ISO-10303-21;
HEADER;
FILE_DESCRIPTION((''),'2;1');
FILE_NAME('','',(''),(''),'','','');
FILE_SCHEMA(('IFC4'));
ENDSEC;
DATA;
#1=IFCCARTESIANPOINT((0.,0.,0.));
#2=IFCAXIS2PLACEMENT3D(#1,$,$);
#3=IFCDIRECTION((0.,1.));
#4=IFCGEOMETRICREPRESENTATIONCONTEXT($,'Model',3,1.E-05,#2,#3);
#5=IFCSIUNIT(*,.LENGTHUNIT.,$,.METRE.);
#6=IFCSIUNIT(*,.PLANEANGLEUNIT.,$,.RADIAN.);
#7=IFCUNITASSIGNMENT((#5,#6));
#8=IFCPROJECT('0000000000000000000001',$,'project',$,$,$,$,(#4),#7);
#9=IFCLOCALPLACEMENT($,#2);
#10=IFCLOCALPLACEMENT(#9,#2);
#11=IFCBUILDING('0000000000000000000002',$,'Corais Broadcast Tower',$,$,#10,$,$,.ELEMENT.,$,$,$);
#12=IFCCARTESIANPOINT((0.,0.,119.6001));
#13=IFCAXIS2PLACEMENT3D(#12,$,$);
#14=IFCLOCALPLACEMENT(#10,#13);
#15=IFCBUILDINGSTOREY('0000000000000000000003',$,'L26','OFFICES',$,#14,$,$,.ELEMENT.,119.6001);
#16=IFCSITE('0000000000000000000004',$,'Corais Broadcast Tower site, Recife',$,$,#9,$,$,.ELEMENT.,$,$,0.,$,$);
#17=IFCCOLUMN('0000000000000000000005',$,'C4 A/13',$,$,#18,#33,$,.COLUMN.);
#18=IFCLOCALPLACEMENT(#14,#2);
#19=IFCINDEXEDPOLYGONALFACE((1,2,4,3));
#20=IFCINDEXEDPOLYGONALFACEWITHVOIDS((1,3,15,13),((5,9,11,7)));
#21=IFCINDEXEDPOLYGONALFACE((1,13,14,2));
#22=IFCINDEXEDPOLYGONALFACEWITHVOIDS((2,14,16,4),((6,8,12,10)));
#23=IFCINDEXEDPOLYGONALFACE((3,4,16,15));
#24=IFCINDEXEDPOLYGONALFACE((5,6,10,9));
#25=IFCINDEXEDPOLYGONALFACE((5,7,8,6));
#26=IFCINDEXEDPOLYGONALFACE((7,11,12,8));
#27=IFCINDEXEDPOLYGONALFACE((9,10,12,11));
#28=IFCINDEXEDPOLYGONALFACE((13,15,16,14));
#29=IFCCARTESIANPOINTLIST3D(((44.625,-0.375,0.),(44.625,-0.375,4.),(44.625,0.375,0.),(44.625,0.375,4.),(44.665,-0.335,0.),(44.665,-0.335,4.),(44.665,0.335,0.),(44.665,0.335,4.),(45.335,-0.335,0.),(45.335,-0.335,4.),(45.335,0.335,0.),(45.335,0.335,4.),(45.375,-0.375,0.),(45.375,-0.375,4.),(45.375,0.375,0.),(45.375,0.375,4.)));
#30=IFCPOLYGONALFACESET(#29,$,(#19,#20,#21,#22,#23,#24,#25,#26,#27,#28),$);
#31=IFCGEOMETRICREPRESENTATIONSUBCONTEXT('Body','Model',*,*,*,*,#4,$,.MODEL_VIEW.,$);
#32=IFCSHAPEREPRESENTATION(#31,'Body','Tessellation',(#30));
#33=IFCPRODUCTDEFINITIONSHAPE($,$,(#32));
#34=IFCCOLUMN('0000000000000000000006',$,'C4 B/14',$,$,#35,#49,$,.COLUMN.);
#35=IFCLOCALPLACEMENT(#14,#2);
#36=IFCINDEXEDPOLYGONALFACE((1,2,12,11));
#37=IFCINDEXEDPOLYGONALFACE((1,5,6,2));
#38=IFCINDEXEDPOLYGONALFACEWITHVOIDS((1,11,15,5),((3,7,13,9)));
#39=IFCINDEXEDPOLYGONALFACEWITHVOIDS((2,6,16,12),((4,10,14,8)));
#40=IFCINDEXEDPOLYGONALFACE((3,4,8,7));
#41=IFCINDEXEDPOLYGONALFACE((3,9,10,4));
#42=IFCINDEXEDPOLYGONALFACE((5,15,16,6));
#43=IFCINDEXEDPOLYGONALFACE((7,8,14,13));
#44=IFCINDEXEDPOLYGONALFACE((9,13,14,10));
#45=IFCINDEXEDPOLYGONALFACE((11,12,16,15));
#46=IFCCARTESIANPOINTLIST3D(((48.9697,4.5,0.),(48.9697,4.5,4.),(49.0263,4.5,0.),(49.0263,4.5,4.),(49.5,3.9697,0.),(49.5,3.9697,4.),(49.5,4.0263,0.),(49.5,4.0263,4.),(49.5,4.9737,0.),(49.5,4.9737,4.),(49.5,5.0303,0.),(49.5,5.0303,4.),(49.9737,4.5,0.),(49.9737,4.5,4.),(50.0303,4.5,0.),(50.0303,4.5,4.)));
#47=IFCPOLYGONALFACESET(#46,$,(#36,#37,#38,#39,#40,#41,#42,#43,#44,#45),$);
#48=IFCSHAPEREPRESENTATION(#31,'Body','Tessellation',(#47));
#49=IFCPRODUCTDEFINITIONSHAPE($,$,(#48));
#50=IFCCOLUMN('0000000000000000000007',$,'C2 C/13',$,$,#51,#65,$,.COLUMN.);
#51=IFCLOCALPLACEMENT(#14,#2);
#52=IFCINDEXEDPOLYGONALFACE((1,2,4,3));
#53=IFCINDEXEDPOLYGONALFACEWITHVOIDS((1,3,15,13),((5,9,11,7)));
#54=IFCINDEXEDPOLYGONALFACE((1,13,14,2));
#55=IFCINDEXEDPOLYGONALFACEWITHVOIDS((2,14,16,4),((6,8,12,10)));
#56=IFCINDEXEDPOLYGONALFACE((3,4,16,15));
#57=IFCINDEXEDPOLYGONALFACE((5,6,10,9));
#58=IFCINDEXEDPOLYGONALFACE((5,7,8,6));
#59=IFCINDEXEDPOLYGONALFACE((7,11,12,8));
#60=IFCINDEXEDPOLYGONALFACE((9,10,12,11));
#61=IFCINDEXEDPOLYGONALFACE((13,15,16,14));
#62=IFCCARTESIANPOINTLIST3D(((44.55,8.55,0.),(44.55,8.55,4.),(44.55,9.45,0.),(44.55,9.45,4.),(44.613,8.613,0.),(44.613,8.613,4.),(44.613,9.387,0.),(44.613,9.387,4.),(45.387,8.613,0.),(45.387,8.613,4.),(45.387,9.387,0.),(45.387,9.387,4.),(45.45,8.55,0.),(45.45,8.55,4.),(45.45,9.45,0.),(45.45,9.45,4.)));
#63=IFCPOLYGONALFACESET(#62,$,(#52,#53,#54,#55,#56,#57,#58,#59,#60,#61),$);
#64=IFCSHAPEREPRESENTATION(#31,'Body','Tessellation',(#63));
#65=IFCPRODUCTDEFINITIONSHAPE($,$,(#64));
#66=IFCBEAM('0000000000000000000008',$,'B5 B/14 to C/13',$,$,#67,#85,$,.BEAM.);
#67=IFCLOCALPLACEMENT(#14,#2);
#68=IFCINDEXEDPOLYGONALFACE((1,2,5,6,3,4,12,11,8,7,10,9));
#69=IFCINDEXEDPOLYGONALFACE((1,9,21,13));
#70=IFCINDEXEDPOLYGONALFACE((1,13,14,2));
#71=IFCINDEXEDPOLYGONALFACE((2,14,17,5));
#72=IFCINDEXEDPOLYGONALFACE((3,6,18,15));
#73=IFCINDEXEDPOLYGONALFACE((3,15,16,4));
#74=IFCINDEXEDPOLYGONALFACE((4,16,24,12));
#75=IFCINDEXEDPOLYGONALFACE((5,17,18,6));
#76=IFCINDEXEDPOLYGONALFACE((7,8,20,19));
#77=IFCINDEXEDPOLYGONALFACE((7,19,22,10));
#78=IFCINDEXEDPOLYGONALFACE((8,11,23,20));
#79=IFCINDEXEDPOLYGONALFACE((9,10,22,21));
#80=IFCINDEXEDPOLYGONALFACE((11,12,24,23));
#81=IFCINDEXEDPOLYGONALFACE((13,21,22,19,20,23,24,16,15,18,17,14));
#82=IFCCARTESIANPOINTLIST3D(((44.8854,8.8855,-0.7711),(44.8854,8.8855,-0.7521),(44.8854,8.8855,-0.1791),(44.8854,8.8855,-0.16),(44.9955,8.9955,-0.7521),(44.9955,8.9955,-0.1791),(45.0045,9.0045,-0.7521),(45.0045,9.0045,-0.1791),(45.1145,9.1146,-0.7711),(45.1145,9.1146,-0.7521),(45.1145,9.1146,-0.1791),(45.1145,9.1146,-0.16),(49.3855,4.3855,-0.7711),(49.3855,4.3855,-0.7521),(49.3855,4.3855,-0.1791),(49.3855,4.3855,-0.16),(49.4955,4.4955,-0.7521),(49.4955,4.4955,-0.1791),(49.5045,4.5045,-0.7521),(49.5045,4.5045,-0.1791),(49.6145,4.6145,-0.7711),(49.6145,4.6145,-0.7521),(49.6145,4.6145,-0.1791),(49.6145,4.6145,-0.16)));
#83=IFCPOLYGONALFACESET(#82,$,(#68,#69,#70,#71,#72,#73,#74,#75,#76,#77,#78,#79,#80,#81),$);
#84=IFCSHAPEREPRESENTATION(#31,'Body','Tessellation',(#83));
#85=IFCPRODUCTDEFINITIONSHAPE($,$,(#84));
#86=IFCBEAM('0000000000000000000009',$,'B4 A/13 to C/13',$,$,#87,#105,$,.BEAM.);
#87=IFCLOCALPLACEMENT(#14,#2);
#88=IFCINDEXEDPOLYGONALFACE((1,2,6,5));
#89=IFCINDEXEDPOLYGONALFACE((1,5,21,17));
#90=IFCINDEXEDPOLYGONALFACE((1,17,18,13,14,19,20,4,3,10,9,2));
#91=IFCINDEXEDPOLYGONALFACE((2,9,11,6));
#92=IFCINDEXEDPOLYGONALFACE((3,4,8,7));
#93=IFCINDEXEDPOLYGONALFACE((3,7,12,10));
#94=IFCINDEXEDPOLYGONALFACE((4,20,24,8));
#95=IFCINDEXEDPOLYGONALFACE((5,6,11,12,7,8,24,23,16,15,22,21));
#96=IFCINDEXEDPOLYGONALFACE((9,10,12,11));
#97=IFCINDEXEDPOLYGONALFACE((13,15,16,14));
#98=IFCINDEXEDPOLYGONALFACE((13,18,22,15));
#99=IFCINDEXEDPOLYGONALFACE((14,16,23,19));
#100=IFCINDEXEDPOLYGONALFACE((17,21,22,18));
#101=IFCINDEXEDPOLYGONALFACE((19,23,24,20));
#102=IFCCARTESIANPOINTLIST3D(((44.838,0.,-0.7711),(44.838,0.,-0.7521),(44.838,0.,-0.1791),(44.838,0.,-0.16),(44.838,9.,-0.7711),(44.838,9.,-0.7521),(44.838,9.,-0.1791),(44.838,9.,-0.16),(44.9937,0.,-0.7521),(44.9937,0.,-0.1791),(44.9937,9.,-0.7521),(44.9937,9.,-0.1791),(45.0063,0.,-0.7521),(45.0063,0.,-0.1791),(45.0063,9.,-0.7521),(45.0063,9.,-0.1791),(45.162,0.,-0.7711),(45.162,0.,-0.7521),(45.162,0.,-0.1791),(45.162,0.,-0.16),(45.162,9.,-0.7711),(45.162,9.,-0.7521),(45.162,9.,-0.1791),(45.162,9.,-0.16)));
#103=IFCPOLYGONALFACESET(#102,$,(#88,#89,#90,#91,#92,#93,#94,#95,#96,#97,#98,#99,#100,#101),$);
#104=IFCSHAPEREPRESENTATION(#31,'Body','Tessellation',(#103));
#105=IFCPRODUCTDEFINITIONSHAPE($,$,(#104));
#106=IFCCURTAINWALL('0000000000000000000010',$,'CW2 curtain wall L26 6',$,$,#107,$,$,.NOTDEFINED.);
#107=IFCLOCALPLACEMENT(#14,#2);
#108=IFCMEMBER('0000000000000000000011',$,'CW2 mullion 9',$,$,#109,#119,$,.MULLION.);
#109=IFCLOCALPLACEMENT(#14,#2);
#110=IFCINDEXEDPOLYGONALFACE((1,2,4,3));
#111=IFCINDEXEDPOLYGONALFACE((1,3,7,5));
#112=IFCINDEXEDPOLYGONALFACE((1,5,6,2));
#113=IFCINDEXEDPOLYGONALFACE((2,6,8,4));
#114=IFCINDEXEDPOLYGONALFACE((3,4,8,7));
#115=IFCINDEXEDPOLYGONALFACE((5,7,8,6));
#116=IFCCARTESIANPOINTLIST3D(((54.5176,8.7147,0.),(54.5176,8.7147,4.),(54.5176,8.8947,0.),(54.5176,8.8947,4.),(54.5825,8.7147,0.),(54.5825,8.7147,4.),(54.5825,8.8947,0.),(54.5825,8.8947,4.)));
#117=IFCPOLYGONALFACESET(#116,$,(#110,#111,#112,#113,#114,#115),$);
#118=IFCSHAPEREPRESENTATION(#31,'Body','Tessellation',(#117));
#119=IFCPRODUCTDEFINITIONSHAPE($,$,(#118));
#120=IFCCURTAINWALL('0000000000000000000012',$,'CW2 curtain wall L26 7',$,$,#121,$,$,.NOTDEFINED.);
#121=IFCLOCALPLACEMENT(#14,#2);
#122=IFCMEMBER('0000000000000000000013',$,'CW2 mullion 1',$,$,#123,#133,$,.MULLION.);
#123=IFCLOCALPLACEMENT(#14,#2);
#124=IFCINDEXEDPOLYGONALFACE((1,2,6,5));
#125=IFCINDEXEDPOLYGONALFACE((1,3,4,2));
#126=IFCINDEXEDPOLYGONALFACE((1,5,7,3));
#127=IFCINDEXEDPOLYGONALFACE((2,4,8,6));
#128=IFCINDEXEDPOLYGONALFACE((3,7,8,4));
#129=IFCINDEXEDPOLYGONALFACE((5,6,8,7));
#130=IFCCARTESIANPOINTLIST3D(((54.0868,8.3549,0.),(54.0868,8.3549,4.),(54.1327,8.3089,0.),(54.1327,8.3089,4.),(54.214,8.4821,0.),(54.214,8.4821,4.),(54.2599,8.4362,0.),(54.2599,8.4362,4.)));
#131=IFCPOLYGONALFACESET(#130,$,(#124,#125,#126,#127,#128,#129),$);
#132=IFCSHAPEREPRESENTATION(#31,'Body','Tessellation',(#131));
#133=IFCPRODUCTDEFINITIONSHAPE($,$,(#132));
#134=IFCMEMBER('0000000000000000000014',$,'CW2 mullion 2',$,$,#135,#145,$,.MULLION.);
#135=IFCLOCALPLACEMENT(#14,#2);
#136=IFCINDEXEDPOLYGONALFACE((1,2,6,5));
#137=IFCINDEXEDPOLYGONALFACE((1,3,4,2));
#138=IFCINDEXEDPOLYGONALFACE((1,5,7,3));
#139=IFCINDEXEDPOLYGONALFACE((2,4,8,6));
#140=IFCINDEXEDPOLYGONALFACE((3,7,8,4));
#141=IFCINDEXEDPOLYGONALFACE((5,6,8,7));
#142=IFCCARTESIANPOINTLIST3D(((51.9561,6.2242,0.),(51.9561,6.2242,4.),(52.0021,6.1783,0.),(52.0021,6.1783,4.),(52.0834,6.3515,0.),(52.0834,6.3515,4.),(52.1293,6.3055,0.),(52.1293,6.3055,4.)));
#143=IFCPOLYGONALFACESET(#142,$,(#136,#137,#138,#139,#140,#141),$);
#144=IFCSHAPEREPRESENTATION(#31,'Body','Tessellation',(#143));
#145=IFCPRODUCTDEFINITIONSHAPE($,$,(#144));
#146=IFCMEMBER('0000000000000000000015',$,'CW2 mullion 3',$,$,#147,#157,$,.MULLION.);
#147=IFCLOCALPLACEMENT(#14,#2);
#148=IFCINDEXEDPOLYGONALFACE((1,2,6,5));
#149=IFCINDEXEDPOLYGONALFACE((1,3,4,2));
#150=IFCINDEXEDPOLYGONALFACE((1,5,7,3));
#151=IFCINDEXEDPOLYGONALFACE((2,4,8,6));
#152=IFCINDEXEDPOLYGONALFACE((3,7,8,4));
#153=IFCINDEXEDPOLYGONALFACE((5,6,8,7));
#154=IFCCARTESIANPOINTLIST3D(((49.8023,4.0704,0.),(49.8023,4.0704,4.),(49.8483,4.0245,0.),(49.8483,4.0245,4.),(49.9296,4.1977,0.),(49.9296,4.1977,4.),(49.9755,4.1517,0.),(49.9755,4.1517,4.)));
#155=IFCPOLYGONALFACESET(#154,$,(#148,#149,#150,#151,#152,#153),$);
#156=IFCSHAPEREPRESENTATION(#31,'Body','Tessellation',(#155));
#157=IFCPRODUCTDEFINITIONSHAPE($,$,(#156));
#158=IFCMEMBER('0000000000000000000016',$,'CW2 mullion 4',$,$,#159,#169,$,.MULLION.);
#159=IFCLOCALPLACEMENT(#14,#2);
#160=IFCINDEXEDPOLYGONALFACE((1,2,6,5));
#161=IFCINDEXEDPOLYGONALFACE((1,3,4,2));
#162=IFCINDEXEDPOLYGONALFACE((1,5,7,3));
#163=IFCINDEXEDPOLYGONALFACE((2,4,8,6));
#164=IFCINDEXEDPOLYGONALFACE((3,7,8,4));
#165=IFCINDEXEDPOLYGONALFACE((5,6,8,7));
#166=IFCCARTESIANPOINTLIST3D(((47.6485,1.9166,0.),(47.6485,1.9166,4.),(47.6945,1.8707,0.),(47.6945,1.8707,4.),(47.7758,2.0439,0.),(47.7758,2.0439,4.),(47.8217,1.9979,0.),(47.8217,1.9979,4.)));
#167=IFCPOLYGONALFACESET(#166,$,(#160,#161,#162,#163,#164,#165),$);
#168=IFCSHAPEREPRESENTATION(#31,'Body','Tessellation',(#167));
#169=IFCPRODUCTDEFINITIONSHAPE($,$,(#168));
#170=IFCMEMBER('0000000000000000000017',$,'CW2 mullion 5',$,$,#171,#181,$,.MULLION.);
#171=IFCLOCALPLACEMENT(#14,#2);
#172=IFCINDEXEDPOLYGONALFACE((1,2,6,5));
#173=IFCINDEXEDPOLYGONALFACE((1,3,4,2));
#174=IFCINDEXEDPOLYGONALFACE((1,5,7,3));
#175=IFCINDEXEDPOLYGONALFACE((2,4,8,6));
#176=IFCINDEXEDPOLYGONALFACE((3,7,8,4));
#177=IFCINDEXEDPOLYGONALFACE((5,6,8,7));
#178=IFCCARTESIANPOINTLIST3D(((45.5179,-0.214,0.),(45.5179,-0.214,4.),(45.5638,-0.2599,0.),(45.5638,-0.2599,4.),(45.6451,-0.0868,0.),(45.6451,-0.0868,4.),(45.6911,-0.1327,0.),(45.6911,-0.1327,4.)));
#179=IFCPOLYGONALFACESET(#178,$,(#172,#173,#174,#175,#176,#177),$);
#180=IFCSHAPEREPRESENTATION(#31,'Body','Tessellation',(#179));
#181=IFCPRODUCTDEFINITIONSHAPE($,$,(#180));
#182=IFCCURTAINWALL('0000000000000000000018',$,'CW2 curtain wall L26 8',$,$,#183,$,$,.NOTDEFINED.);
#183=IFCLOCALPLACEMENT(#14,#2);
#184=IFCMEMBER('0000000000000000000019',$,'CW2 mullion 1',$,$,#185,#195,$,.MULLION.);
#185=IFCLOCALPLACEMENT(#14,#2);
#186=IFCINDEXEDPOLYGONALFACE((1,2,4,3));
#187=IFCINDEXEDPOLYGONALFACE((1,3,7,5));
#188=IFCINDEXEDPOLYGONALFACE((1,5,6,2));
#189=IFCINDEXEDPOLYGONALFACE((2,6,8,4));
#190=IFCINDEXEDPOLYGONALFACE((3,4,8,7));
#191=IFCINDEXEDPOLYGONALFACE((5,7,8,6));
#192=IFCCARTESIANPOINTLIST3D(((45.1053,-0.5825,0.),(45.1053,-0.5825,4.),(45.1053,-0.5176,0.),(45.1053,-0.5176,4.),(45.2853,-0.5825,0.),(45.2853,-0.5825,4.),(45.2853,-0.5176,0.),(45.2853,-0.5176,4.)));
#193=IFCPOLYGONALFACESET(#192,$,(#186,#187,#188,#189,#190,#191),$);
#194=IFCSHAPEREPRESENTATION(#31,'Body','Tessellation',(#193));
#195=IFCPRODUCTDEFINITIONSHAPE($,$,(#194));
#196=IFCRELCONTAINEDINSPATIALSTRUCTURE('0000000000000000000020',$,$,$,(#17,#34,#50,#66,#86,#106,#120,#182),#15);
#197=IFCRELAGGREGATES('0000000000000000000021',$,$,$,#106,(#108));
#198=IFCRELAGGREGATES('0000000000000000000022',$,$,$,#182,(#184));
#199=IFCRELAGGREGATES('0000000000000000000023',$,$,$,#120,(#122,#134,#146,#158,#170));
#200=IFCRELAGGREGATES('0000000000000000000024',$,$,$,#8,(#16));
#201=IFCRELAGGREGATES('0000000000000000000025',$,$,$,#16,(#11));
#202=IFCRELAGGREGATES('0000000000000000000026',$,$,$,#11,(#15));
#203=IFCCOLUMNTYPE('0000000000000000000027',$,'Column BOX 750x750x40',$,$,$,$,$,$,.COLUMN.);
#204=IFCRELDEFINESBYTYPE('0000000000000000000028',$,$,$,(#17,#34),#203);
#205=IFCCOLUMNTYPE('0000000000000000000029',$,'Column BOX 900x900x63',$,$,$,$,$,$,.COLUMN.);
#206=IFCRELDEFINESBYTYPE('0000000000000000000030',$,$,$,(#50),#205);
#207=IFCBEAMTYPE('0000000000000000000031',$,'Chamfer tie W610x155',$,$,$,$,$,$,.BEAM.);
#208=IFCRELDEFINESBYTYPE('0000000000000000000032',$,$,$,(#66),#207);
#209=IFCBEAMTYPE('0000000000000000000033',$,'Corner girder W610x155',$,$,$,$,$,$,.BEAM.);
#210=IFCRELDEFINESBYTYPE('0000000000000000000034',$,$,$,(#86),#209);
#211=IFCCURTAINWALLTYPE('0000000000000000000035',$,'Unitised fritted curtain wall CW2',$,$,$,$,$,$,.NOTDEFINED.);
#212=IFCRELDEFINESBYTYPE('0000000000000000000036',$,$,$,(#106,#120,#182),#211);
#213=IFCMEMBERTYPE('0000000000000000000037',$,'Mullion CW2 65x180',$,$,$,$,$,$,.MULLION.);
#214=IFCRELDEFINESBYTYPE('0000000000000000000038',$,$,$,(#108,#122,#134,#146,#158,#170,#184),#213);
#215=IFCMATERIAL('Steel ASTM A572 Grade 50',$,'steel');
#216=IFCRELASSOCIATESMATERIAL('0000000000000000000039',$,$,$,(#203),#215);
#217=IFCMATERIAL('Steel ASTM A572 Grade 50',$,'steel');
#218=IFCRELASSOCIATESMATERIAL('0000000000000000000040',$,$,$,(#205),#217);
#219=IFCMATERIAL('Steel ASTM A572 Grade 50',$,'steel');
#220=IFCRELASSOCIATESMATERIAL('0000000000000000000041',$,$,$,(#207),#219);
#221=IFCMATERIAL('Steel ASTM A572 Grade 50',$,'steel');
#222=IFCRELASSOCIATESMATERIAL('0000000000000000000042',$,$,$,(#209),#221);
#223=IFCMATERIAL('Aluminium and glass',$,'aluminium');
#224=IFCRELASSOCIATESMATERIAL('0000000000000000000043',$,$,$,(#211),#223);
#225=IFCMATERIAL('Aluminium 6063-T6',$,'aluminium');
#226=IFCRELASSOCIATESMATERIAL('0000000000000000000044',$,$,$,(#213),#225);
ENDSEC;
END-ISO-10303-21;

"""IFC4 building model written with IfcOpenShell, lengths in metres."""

from ifc_helpers import new_model, si_unit, direction, frame, origin, origin_2d, place, context, subcontext, project, spatial, rectangle, hollow_rectangle, i_section, extrude, material, material_profile, profile_set, type_object, element, aggregate, save


model = new_model("IFC4")

# Units and contexts
model_context = context("Model", 3, precision=1e-05, world=origin(), true_north=direction((0.0, 1.0)))
body_context = subcontext(model_context, "Body", "Model", "MODEL_VIEW")
ifc_project = project(units=[si_unit("LENGTHUNIT", "METRE"), si_unit("PLANEANGLEUNIT", "RADIAN")], contexts=[model_context])

# Site, building, storey
site_placement = place(None, origin())
site = spatial("IfcSite", under=ifc_project, at=site_placement, Name="Corais Broadcast Tower site, Recife", CompositionType="ELEMENT", RefElevation=0.0)
building_placement = place(site_placement, origin())
building = spatial("IfcBuilding", under=site, at=building_placement, Name="Corais Broadcast Tower", CompositionType="ELEMENT")
storey_placement = place(building_placement, frame((0.0, 0.0, 119.6001)))
storey = spatial("IfcBuildingStorey", under=building, at=storey_placement, Name="L26", Description="OFFICES", CompositionType="ELEMENT", Elevation=119.6001)

# Columns
ifc_material_1 = material(Name="Steel ASTM A572 Grade 50", Category="steel")
ifc_material_profile_1 = material_profile(ifc_material_1, hollow_rectangle(XDim=0.75, YDim=0.75, WallThickness=0.04, at=origin_2d()), Name="BOX 750x750x40")
ifc_profile_set_1 = profile_set([ifc_material_profile_1], Name="Steel ASTM A572 Grade 50")
column_type_1 = type_object("IfcColumnType", Name="Column BOX 750x750x40", PredefinedType="COLUMN", material=ifc_profile_set_1)
for number, where, z_axis, x_axis, name in (
    (1, (45.0, 0.0, 0.0), (0.0, 0.0, 1.0), (1.0, 0.0, 0.0), "C4 A/13"),
    (2, (49.5, 4.5, 0.0), (0.0, 0.0, 1.0), (0.707107, 0.707107, 0.0), "C4 B/14"),
):
    element("IfcColumn", number, at=place(storey_placement, frame(where, z_axis=z_axis, x_axis=x_axis)), inside=storey, type_object=column_type_1, Name=name, PredefinedType="COLUMN", context=body_context, shape_type="SweptSolid", body=[
        extrude(hollow_rectangle(XDim=0.75, YDim=0.75, WallThickness=0.04, at=origin_2d()), origin(), (0.0, 0.0, 1.0), 4.0),
    ])
ifc_material_2 = material(Name="Steel ASTM A572 Grade 50", Category="steel")
ifc_material_profile_2 = material_profile(ifc_material_2, hollow_rectangle(XDim=0.8999, YDim=0.8999, WallThickness=0.063, at=origin_2d()), Name="BOX 900x900x63")
ifc_profile_set_2 = profile_set([ifc_material_profile_2], Name="Steel ASTM A572 Grade 50")
column_type_2 = type_object("IfcColumnType", Name="Column BOX 900x900x63", PredefinedType="COLUMN", material=ifc_profile_set_2)
column_placement = place(storey_placement, frame((45.0, 9.0, 0.0), z_axis=(0.0, 0.0, 1.0), x_axis=(1.0, 0.0, 0.0)))
element("IfcColumn", 3, at=column_placement, inside=storey, type_object=column_type_2, Name="C2 C/13", PredefinedType="COLUMN", context=body_context, shape_type="SweptSolid", body=[
    extrude(hollow_rectangle(XDim=0.8999, YDim=0.8999, WallThickness=0.063, at=origin_2d()), origin(), (0.0, 0.0, 1.0), 4.0),
])

# Beams
ifc_material_3 = material(Name="Steel ASTM A572 Grade 50", Category="steel")
ifc_material_profile_3 = material_profile(ifc_material_3, i_section(OverallWidth=0.324, OverallDepth=0.6111, WebThickness=0.0127, FlangeThickness=0.019, at=origin_2d()), Name="W610x155")
ifc_profile_set_3 = profile_set([ifc_material_profile_3], Name="Steel ASTM A572 Grade 50")
beam_type_1 = type_object("IfcBeamType", Name="Chamfer tie W610x155", PredefinedType="BEAM", material=ifc_profile_set_3)
beam_1_placement = place(storey_placement, frame((49.5, 4.5, -0.4656), z_axis=(-0.707107, 0.707107, 0.0), x_axis=(-0.707107, -0.707107, 0.0)))
element("IfcBeam", 4, at=beam_1_placement, inside=storey, type_object=beam_type_1, Name="B5 B/14 to C/13", PredefinedType="BEAM", context=body_context, shape_type="SweptSolid", body=[
    extrude(i_section(OverallWidth=0.324, OverallDepth=0.6111, WebThickness=0.0127, FlangeThickness=0.019, at=origin_2d()), origin(), (0.0, 0.0, 1.0), 6.364),
])
ifc_material_4 = material(Name="Steel ASTM A572 Grade 50", Category="steel")
ifc_material_profile_4 = material_profile(ifc_material_4, i_section(OverallWidth=0.324, OverallDepth=0.6111, WebThickness=0.0127, FlangeThickness=0.019, at=origin_2d()), Name="W610x155")
ifc_profile_set_4 = profile_set([ifc_material_profile_4], Name="Steel ASTM A572 Grade 50")
beam_type_2 = type_object("IfcBeamType", Name="Corner girder W610x155", PredefinedType="BEAM", material=ifc_profile_set_4)
beam_2_placement = place(storey_placement, frame((45.0, 0.0, -0.4656), z_axis=(0.0, 1.0, 0.0), x_axis=(-1.0, 0.0, 0.0)))
element("IfcBeam", 5, at=beam_2_placement, inside=storey, type_object=beam_type_2, Name="B4 A/13 to C/13", PredefinedType="BEAM", context=body_context, shape_type="SweptSolid", body=[
    extrude(i_section(OverallWidth=0.324, OverallDepth=0.6111, WebThickness=0.0127, FlangeThickness=0.019, at=origin_2d()), origin(), (0.0, 0.0, 1.0), 9.0),
])

# Curtain wall, member
ifc_material_5 = material(Name="Aluminium and glass", Category="aluminium")
curtain_wall_type = type_object("IfcCurtainWallType", Name="Unitised fritted curtain wall CW2", PredefinedType="NOTDEFINED", material=ifc_material_5)
curtain_wall_1_placement = place(storey_placement, origin())
curtain_wall_1 = element("IfcCurtainWall", 6, at=curtain_wall_1_placement, inside=storey, type_object=curtain_wall_type, Name="CW2 curtain wall L26 6", PredefinedType="NOTDEFINED")
ifc_material_6 = material(Name="Aluminium 6063-T6", Category="aluminium")
ifc_material_profile_5 = material_profile(ifc_material_6, rectangle(XDim=0.0649, YDim=0.1799, at=origin_2d()), Name="Mullion CW2 65x180")
ifc_profile_set_5 = profile_set([ifc_material_profile_5], Name="Aluminium 6063-T6")
member_type_1 = type_object("IfcMemberType", Name="Mullion CW2 65x180", PredefinedType="MULLION", material=ifc_profile_set_5)
member_1_placement = place(storey_placement, frame((54.55, 8.8047, 0.0), z_axis=(0.0, 0.0, 1.0), x_axis=(1.0, 0.0, 0.0)))
member_1 = element("IfcMember", 7, at=member_1_placement, type_object=member_type_1, Name="CW2 mullion 9", PredefinedType="MULLION", context=body_context, shape_type="SweptSolid", body=[
    extrude(rectangle(XDim=0.0649, YDim=0.1799, at=origin_2d()), origin(), (0.0, 0.0, 1.0), 4.0),
])
aggregate(curtain_wall_1, [member_1])

# Curtain wall, members
curtain_wall_2_placement = place(storey_placement, origin())
curtain_wall_2 = element("IfcCurtainWall", 8, at=curtain_wall_2_placement, inside=storey, type_object=curtain_wall_type, Name="CW2 curtain wall L26 7", PredefinedType="NOTDEFINED")
member_2_placement = place(storey_placement, frame((54.1733, 8.3955, 0.0), z_axis=(0.0, 0.0, 1.0), x_axis=(0.707107, -0.707107, 0.0)))
member_2 = element("IfcMember", 9, at=member_2_placement, type_object=member_type_1, Name="CW2 mullion 1", PredefinedType="MULLION", context=body_context, shape_type="SweptSolid", body=[
    extrude(rectangle(XDim=0.0649, YDim=0.1799, at=origin_2d()), origin(), (0.0, 0.0, 1.0), 4.0),
])
member_3_placement = place(storey_placement, frame((52.0427, 6.2649, 0.0), z_axis=(0.0, 0.0, 1.0), x_axis=(0.707107, -0.707107, 0.0)))
member_3 = element("IfcMember", 10, at=member_3_placement, type_object=member_type_1, Name="CW2 mullion 2", PredefinedType="MULLION", context=body_context, shape_type="SweptSolid", body=[
    extrude(rectangle(XDim=0.0649, YDim=0.1799, at=origin_2d()), origin(), (0.0, 0.0, 1.0), 4.0),
])
member_4_placement = place(storey_placement, frame((49.8889, 4.1111, 0.0), z_axis=(0.0, 0.0, 1.0), x_axis=(0.707107, -0.707107, 0.0)))
member_4 = element("IfcMember", 11, at=member_4_placement, type_object=member_type_1, Name="CW2 mullion 3", PredefinedType="MULLION", context=body_context, shape_type="SweptSolid", body=[
    extrude(rectangle(XDim=0.0649, YDim=0.1799, at=origin_2d()), origin(), (0.0, 0.0, 1.0), 4.0),
])
member_5_placement = place(storey_placement, frame((47.7351, 1.9573, 0.0), z_axis=(0.0, 0.0, 1.0), x_axis=(0.707107, -0.707107, 0.0)))
member_5 = element("IfcMember", 12, at=member_5_placement, type_object=member_type_1, Name="CW2 mullion 4", PredefinedType="MULLION", context=body_context, shape_type="SweptSolid", body=[
    extrude(rectangle(XDim=0.0649, YDim=0.1799, at=origin_2d()), origin(), (0.0, 0.0, 1.0), 4.0),
])
member_6_placement = place(storey_placement, frame((45.6045, -0.1733, 0.0), z_axis=(0.0, 0.0, 1.0), x_axis=(0.707107, -0.707107, 0.0)))
member_6 = element("IfcMember", 13, at=member_6_placement, type_object=member_type_1, Name="CW2 mullion 5", PredefinedType="MULLION", context=body_context, shape_type="SweptSolid", body=[
    extrude(rectangle(XDim=0.0649, YDim=0.1799, at=origin_2d()), origin(), (0.0, 0.0, 1.0), 4.0),
])

# Curtain wall, member
curtain_wall_3_placement = place(storey_placement, origin())
curtain_wall_3 = element("IfcCurtainWall", 14, at=curtain_wall_3_placement, inside=storey, type_object=curtain_wall_type, Name="CW2 curtain wall L26 8", PredefinedType="NOTDEFINED")
member_7_placement = place(storey_placement, frame((45.1953, -0.55, 0.0), z_axis=(0.0, 0.0, 1.0), x_axis=(0.0, -1.0, 0.0)))
member_7 = element("IfcMember", 15, at=member_7_placement, type_object=member_type_1, Name="CW2 mullion 1", PredefinedType="MULLION", context=body_context, shape_type="SweptSolid", body=[
    extrude(rectangle(XDim=0.0649, YDim=0.1799, at=origin_2d()), origin(), (0.0, 0.0, 1.0), 4.0),
])

aggregate(curtain_wall_3, [member_7])
aggregate(curtain_wall_2, [member_2, member_3, member_4, member_5, member_6])

save(model, "model.ifc")
